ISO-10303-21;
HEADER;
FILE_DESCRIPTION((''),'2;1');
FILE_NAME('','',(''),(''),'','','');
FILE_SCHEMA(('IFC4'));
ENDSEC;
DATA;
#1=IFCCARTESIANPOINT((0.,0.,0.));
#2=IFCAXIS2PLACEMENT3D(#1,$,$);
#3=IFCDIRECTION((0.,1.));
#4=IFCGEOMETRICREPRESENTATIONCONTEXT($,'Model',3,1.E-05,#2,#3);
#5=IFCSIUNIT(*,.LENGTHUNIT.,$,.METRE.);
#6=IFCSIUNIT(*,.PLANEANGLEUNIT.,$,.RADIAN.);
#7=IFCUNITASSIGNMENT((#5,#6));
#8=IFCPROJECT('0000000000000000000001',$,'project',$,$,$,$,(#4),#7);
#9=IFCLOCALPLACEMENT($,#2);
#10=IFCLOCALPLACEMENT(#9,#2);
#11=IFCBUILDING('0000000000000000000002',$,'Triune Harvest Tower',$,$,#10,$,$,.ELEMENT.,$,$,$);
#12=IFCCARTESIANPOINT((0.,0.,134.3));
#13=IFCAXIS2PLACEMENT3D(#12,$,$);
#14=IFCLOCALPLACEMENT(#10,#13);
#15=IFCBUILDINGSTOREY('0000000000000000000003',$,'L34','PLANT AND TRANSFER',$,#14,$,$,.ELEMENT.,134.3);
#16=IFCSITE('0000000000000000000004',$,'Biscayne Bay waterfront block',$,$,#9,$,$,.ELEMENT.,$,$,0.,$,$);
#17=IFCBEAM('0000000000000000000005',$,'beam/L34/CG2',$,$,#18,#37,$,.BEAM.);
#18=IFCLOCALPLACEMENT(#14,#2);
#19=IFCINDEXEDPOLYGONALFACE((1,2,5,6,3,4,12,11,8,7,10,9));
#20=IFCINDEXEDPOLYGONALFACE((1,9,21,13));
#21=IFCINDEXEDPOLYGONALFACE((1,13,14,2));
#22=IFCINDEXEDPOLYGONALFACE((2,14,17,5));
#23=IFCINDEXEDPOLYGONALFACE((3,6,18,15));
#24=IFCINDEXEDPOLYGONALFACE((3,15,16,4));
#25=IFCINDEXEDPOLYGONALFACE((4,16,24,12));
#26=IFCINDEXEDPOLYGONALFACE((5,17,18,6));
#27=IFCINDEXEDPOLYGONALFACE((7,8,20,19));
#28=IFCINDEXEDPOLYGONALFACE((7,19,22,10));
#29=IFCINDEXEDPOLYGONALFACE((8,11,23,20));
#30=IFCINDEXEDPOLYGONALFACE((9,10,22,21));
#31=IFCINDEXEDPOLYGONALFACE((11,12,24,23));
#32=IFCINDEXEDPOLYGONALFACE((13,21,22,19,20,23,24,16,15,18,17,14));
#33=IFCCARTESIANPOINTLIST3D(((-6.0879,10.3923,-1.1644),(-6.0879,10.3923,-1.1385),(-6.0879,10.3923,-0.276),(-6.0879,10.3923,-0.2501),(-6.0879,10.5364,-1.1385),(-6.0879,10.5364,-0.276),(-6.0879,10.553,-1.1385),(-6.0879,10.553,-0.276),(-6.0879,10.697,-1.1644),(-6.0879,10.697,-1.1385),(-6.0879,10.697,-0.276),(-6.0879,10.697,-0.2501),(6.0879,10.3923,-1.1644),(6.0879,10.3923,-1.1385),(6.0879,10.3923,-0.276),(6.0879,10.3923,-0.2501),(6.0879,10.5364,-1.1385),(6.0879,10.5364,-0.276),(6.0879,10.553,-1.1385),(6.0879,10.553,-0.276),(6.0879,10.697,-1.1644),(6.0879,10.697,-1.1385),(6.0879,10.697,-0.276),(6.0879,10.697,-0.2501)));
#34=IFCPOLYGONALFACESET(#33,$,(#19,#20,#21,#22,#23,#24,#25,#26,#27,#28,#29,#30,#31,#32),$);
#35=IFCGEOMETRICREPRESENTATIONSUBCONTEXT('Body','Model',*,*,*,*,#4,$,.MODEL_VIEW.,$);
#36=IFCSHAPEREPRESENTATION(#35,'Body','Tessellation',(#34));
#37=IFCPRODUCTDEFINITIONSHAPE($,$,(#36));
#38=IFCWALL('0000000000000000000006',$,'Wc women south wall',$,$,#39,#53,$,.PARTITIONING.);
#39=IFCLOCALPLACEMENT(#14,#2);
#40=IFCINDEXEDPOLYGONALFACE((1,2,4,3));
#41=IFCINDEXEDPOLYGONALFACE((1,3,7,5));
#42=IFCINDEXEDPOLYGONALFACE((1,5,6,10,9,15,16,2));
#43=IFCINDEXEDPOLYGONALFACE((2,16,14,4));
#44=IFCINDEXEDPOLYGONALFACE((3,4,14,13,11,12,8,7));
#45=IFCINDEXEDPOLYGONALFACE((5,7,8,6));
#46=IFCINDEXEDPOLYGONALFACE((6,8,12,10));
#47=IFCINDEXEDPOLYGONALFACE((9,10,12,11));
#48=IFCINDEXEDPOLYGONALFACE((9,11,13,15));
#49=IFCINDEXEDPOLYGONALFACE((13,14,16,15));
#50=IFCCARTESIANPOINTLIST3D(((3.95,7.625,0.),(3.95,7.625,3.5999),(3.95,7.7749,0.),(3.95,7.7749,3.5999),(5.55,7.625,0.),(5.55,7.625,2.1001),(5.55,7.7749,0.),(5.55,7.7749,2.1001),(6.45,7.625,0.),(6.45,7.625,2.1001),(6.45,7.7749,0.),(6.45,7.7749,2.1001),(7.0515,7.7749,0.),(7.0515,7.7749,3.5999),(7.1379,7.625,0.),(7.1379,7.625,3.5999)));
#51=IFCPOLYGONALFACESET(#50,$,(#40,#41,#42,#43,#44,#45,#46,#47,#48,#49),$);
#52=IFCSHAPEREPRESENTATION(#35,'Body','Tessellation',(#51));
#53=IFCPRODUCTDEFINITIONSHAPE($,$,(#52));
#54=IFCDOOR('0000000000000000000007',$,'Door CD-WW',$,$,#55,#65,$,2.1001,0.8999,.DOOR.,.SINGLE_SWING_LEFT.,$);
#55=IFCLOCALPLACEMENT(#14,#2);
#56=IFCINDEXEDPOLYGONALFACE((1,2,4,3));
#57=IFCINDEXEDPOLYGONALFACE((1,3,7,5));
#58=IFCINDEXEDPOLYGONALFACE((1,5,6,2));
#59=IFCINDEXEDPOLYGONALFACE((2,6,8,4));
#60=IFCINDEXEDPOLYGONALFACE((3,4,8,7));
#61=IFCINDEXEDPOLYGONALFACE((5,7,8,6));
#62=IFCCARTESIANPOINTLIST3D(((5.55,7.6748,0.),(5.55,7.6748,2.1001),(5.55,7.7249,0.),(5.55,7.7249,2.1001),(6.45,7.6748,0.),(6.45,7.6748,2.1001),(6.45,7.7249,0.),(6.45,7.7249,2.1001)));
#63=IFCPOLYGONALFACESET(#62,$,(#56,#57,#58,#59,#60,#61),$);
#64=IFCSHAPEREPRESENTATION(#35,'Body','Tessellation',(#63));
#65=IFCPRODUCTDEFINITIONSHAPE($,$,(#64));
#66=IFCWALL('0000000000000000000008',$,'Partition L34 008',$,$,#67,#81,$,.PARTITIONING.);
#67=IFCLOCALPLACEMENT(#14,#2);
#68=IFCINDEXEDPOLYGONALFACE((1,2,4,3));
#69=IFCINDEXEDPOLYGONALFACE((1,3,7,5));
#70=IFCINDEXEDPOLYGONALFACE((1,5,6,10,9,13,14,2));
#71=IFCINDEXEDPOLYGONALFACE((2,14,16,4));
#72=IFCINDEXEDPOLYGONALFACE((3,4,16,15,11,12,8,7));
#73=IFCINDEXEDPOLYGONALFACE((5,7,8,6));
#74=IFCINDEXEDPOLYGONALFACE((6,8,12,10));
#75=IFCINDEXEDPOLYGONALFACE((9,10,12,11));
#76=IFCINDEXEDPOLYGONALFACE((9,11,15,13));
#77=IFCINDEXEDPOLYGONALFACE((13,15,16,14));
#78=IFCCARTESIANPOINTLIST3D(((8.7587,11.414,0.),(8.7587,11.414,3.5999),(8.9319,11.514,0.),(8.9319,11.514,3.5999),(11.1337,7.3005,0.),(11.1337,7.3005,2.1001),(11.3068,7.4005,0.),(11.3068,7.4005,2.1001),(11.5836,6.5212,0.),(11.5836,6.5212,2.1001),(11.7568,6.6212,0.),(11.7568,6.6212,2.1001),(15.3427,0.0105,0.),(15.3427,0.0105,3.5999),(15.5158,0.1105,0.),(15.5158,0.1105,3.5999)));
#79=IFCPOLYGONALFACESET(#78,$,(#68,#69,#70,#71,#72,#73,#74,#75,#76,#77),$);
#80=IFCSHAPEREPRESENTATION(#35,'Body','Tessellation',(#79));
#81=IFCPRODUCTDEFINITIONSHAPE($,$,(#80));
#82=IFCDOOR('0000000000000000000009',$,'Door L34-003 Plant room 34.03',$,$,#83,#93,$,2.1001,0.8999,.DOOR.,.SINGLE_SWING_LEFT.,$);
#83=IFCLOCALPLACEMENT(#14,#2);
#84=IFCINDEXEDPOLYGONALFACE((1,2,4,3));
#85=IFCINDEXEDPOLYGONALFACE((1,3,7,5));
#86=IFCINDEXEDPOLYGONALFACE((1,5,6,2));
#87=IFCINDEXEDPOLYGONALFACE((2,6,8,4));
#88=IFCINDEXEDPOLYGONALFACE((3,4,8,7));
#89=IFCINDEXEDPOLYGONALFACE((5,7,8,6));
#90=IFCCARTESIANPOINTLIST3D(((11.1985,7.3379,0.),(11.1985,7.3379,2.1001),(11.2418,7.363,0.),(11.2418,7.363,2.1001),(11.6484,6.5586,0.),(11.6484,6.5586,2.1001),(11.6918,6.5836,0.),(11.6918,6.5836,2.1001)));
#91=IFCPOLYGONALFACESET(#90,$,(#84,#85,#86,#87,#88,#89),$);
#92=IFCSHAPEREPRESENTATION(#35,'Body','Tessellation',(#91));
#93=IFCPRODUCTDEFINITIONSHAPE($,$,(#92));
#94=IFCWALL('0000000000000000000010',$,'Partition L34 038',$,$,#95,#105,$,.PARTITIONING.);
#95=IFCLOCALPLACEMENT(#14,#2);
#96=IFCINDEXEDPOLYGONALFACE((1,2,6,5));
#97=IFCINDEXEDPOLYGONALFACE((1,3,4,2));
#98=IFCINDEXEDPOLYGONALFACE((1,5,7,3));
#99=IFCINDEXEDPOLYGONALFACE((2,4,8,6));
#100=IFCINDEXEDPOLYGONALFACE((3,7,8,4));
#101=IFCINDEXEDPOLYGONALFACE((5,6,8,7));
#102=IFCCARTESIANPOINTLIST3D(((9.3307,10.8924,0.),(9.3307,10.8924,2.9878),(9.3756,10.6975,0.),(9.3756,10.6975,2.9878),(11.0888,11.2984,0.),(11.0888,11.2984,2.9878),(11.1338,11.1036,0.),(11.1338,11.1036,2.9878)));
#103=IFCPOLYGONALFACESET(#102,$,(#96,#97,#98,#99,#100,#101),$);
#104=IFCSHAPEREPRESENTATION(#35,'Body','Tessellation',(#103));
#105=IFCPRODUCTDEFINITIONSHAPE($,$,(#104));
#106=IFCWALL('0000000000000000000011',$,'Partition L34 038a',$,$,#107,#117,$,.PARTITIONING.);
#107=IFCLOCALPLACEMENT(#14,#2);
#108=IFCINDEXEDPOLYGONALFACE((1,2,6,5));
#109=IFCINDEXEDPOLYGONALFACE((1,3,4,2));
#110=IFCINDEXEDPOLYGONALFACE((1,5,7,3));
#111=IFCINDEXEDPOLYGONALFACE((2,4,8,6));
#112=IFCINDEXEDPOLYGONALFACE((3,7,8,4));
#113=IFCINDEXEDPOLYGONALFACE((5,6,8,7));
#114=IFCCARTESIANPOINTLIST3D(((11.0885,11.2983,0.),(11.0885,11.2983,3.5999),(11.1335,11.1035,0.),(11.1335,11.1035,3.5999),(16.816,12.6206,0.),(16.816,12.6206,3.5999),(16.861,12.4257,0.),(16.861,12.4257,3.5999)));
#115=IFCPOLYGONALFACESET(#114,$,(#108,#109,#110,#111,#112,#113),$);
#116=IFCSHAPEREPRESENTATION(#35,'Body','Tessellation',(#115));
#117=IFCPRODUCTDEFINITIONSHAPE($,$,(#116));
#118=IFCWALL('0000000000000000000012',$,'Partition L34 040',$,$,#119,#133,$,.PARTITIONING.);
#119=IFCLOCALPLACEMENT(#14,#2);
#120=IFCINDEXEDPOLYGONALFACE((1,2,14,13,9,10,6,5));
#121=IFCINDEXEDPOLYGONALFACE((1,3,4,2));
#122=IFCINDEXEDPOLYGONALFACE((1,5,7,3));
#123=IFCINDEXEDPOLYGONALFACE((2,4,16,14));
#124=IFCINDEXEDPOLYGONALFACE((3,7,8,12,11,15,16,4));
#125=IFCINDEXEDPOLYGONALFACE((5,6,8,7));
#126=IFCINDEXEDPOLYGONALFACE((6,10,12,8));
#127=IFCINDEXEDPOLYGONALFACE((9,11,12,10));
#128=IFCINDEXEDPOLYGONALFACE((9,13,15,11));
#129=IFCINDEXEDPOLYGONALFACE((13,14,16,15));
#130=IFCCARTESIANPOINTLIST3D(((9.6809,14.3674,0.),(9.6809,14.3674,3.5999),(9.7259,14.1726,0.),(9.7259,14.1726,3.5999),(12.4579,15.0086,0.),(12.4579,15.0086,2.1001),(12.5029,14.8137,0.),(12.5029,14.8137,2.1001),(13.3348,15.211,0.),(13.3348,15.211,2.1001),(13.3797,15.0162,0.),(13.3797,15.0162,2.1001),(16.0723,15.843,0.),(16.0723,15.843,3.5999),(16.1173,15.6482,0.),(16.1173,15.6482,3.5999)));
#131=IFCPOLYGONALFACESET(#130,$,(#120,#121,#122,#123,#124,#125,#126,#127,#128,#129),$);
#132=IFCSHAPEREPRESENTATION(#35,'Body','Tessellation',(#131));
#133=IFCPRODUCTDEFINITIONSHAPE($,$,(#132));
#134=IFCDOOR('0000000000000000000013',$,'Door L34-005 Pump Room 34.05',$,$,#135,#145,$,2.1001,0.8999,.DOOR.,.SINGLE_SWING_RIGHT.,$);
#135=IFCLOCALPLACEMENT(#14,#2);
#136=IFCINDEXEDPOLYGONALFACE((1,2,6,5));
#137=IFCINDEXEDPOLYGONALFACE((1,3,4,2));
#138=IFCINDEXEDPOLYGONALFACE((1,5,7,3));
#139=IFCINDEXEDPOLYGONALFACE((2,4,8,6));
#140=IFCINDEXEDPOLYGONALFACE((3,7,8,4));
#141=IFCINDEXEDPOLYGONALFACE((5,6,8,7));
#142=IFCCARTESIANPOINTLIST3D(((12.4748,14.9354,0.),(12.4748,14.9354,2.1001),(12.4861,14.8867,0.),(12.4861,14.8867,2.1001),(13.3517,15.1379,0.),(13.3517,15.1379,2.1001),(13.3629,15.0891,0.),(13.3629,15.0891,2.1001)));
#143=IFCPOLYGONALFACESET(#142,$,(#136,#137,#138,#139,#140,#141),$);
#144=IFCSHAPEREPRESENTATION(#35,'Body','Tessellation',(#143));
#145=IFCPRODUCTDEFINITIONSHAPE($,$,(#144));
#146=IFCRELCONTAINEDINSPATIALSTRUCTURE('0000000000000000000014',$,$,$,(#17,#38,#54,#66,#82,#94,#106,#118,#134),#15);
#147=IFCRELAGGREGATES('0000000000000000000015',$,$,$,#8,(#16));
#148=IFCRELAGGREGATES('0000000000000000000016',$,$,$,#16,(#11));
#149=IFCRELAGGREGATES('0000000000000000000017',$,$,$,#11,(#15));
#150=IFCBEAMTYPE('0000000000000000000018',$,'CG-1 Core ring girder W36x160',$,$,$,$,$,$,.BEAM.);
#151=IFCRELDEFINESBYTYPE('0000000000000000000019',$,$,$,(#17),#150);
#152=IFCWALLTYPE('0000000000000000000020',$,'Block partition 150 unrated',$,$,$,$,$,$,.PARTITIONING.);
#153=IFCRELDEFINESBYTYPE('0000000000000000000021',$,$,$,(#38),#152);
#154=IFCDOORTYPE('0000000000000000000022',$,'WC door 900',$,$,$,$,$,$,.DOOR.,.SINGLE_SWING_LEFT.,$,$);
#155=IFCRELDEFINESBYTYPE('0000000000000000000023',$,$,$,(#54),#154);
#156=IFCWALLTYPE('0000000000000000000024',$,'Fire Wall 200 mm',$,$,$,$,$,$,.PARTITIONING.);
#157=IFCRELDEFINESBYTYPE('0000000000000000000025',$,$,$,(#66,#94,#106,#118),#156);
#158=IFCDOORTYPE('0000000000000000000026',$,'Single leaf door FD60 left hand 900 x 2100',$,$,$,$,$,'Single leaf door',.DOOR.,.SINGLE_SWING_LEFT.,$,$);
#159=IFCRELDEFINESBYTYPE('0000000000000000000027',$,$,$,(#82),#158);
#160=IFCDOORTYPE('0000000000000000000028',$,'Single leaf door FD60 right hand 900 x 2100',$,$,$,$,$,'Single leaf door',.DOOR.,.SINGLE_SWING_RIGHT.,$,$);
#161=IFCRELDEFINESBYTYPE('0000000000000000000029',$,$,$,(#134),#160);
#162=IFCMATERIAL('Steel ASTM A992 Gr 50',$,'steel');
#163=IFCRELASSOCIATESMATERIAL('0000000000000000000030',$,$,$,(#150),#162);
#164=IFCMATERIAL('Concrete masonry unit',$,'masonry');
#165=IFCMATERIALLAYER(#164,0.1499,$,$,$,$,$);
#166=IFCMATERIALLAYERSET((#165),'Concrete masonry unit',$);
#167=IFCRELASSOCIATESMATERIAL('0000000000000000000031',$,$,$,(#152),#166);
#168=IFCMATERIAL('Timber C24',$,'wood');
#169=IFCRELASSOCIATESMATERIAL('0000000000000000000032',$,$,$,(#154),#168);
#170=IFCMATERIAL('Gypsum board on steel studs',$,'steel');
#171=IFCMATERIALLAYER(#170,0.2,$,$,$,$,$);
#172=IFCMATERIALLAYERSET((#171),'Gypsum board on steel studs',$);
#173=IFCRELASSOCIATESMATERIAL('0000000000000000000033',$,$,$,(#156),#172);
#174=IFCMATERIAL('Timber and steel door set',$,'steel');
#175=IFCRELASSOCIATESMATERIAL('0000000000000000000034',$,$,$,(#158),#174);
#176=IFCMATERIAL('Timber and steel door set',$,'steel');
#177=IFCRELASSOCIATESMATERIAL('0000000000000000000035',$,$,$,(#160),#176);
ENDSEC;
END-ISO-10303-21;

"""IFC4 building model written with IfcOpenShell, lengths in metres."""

from ifc_helpers import new_model, si_unit, direction, frame, frame_2d, origin, origin_2d, place, context, subcontext, project, spatial, polyline, rectangle, i_section, outline, extrude, source, transform, mapped, material, layer, layer_set, material_profile, profile_set, type_object, element, fill, save


model = new_model("IFC4")

# Units and contexts
model_context = context("Model", 3, precision=1e-05, world=origin(), true_north=direction((0.0, 1.0)))
body_context = subcontext(model_context, "Body", "Model", "MODEL_VIEW")
ifc_project = project(units=[si_unit("LENGTHUNIT", "METRE"), si_unit("PLANEANGLEUNIT", "RADIAN")], contexts=[model_context])

# Site, building, storey
site_placement = place(None, origin())
site = spatial("IfcSite", under=ifc_project, at=site_placement, Name="Biscayne Bay waterfront block", CompositionType="ELEMENT", RefElevation=0.0)
building_placement = place(site_placement, origin())
building = spatial("IfcBuilding", under=site, at=building_placement, Name="Triune Harvest Tower", CompositionType="ELEMENT")
storey_placement = place(building_placement, frame((0.0, 0.0, 134.3)))
storey = spatial("IfcBuildingStorey", under=building, at=storey_placement, Name="L34", Description="PLANT AND TRANSFER", CompositionType="ELEMENT", Elevation=134.3)

# Beam
ifc_material_1 = material(Name="Steel ASTM A992 Gr 50", Category="steel")
ifc_material_profile = material_profile(ifc_material_1, i_section(OverallWidth=0.3047, OverallDepth=0.9143, WebThickness=0.0166, FlangeThickness=0.0259, at=origin_2d()), Name="W36x160")
ifc_profile_set = profile_set([ifc_material_profile], Name="Steel ASTM A992 Gr 50")
beam_type = type_object("IfcBeamType", Name="CG-1 Core ring girder W36x160", PredefinedType="BEAM", material=ifc_profile_set)
shared_shape_1 = source(origin(), body_context, "Body", "SweptSolid", [
    extrude(i_section(OverallWidth=0.3047, OverallDepth=0.9143, WebThickness=0.0166, FlangeThickness=0.0259, at=origin_2d()), origin(), (0.0, 0.0, 1.0), 12.1758),
])
beam_placement = place(storey_placement, frame((6.0879, 10.5447, -0.7073), z_axis=(-1.0, 0.0, 0.0), x_axis=(0.0, -1.0, 0.0)))
element("IfcBeam", 1, at=beam_placement, inside=storey, type_object=beam_type, Name="beam/L34/CG2", PredefinedType="BEAM", context=body_context, shape_type="MappedRepresentation", body=[
    mapped(shared_shape_1, transform((0.0, 0.0, 0.0), scale=1.0)),
])

# Walls, openings, doors
ifc_material_2 = material(Name="Concrete masonry unit", Category="masonry")
ifc_layer_1 = layer(ifc_material_2, 0.1499)
ifc_layer_set_1 = layer_set([ifc_layer_1], Name="Concrete masonry unit")
wall_type_1 = type_object("IfcWallType", Name="Block partition 150 unrated", PredefinedType="PARTITIONING", material=ifc_layer_set_1)
wall_1_placement = place(storey_placement, frame((3.95, 7.7, 0.0), z_axis=(0.0, 0.0, 1.0), x_axis=(1.0, 0.0, 0.0)))
wall_1 = element("IfcWall", 2, at=wall_1_placement, inside=storey, type_object=wall_type_1, Name="Wc women south wall", PredefinedType="PARTITIONING", context=body_context, shape_type="SweptSolid", body=[
    extrude(outline(polyline([(0.0, -0.075), (0.0, 0.075), (3.1016, 0.075), (3.188, -0.075), (0.0, -0.075)])), origin(), (0.0, 0.0, 1.0), 3.5999),
])
opening_1_placement = place(wall_1_placement, frame((1.6001, 0.0, 0.0)))
opening_1 = element("IfcOpeningElement", 3, at=opening_1_placement, cuts=wall_1, PredefinedType="OPENING", context=body_context, shape_type="SweptSolid", body=[
    extrude(rectangle(XDim=0.8999, YDim=2.1001, at=frame_2d((0.45, 1.05))), frame((0.0, 0.085, 0.0), z_axis=(0.0, -1.0, 0.0), x_axis=(1.0, 0.0, 0.0)), (0.0, 0.0, 1.0), 0.1699),
])
ifc_material_3 = material(Name="Timber C24", Category="wood")
door_type_1 = type_object("IfcDoorType", Name="WC door 900", OperationType="SINGLE_SWING_LEFT", PredefinedType="DOOR", material=ifc_material_3)
door_1_placement = place(opening_1_placement, origin())
door_1 = element("IfcDoor", 4, at=door_1_placement, inside=storey, type_object=door_type_1, Name="Door CD-WW", OperationType="SINGLE_SWING_LEFT", OverallHeight=2.1001, OverallWidth=0.8999, PredefinedType="DOOR", context=body_context, shape_type="SweptSolid", body=[
    extrude(rectangle(XDim=0.8999, YDim=2.1001, at=frame_2d((0.45, 1.05))), frame((0.0, 0.0249, 0.0), z_axis=(0.0, -1.0, 0.0), x_axis=(1.0, 0.0, 0.0)), (0.0, 0.0, 1.0), 0.05),
])
fill(opening_1, door_1)
ifc_material_4 = material(Name="Gypsum board on steel studs", Category="steel")
ifc_layer_2 = layer(ifc_material_4, 0.2)
ifc_layer_set_2 = layer_set([ifc_layer_2], Name="Gypsum board on steel studs")
wall_type_2 = type_object("IfcWallType", Name="Fire Wall 200 mm", PredefinedType="PARTITIONING", material=ifc_layer_set_2)
wall_2_placement = place(storey_placement, frame((8.8452, 11.4641, 0.0), z_axis=(0.0, 0.0, 1.0), x_axis=(0.500008, -0.866021, 0.0)))
wall_2 = element("IfcWall", 5, at=wall_2_placement, inside=storey, type_object=wall_type_2, Name="Partition L34 008", PredefinedType="PARTITIONING", context=body_context, shape_type="SweptSolid", body=[
    extrude(rectangle(XDim=13.1677, YDim=0.2, at=frame_2d((6.584, 0.0))), origin(), (0.0, 0.0, 1.0), 3.5999),
])
opening_2_placement = place(wall_2_placement, frame((4.75, 0.0, 0.0)))
opening_2 = element("IfcOpeningElement", 6, at=opening_2_placement, cuts=wall_2, PredefinedType="OPENING", context=body_context, shape_type="SweptSolid", body=[
    extrude(rectangle(XDim=0.8999, YDim=2.1001, at=frame_2d((0.45, 1.05))), frame((0.0, 0.1099, 0.0), z_axis=(0.0, -1.0, 0.0), x_axis=(1.0, 0.0, 0.0)), (0.0, 0.0, 1.0), 0.22),
])
ifc_material_5 = material(Name="Timber and steel door set", Category="steel")
door_type_2 = type_object("IfcDoorType", Name="Single leaf door FD60 left hand 900 x 2100", ElementType="Single leaf door", OperationType="SINGLE_SWING_LEFT", PredefinedType="DOOR", material=ifc_material_5)
door_2_placement = place(opening_2_placement, origin())
door_2 = element("IfcDoor", 7, at=door_2_placement, inside=storey, type_object=door_type_2, Name="Door L34-003 Plant room 34.03", OperationType="SINGLE_SWING_LEFT", OverallHeight=2.1001, OverallWidth=0.8999, PredefinedType="DOOR", context=body_context, shape_type="SweptSolid", body=[
    extrude(rectangle(XDim=0.8999, YDim=2.1001, at=frame_2d((0.45, 1.05))), frame((0.0, 0.0249, 0.0), z_axis=(0.0, -1.0, 0.0), x_axis=(1.0, 0.0, 0.0)), (0.0, 0.0, 1.0), 0.05),
])
fill(opening_2, door_2)

# Walls
wall_3_placement = place(storey_placement, frame((9.353, 10.7949, 0.0), z_axis=(0.0, 0.0, 1.0), x_axis=(0.974355, 0.225018, 0.0)))
element("IfcWall", 8, at=wall_3_placement, inside=storey, type_object=wall_type_2, Name="Partition L34 038", PredefinedType="PARTITIONING", context=body_context, shape_type="SweptSolid", body=[
    extrude(rectangle(XDim=1.8044, YDim=0.2, at=frame_2d((0.9023, 0.0))), origin(), (0.0, 0.0, 1.0), 2.9878),
])
wall_4_placement = place(storey_placement, frame((11.1111, 11.2009, 0.0), z_axis=(0.0, 0.0, 1.0), x_axis=(0.974372, 0.224944, 0.0)))
element("IfcWall", 9, at=wall_4_placement, inside=storey, type_object=wall_type_2, Name="Partition L34 038a", PredefinedType="PARTITIONING", context=body_context, shape_type="SweptSolid", body=[
    extrude(rectangle(XDim=5.8782, YDim=0.2, at=frame_2d((2.939, 0.0))), origin(), (0.0, 0.0, 1.0), 3.5999),
])

# Wall, opening, door
wall_5_placement = place(storey_placement, frame((9.7034, 14.27, 0.0), z_axis=(0.0, 0.0, 1.0), x_axis=(0.974369, 0.224955, 0.0)))
wall_5 = element("IfcWall", 10, at=wall_5_placement, inside=storey, type_object=wall_type_2, Name="Partition L34 040", PredefinedType="PARTITIONING", context=body_context, shape_type="SweptSolid", body=[
    extrude(rectangle(XDim=6.5596, YDim=0.2, at=frame_2d((3.2798, 0.0))), origin(), (0.0, 0.0, 1.0), 3.5999),
])
opening_3_placement = place(wall_5_placement, frame((2.8501, 0.0, 0.0)))
opening_3 = element("IfcOpeningElement", 11, at=opening_3_placement, cuts=wall_5, PredefinedType="OPENING", context=body_context, shape_type="SweptSolid", body=[
    extrude(rectangle(XDim=0.8999, YDim=2.1001, at=frame_2d((0.45, 1.05))), frame((0.0, 0.1099, 0.0), z_axis=(0.0, -1.0, 0.0), x_axis=(1.0, 0.0, 0.0)), (0.0, 0.0, 1.0), 0.22),
])
ifc_material_6 = material(Name="Timber and steel door set", Category="steel")
door_type_3 = type_object("IfcDoorType", Name="Single leaf door FD60 right hand 900 x 2100", ElementType="Single leaf door", OperationType="SINGLE_SWING_RIGHT", PredefinedType="DOOR", material=ifc_material_6)
door_3_placement = place(opening_3_placement, origin())
door_3 = element("IfcDoor", 12, at=door_3_placement, inside=storey, type_object=door_type_3, Name="Door L34-005 Pump Room 34.05", OperationType="SINGLE_SWING_RIGHT", OverallHeight=2.1001, OverallWidth=0.8999, PredefinedType="DOOR", context=body_context, shape_type="SweptSolid", body=[
    extrude(rectangle(XDim=0.8999, YDim=2.1001, at=frame_2d((0.45, 1.05))), frame((0.0, 0.0249, 0.0), z_axis=(0.0, -1.0, 0.0), x_axis=(1.0, 0.0, 0.0)), (0.0, 0.0, 1.0), 0.05),
])
fill(opening_3, door_3)

save(model, "model.ifc")
